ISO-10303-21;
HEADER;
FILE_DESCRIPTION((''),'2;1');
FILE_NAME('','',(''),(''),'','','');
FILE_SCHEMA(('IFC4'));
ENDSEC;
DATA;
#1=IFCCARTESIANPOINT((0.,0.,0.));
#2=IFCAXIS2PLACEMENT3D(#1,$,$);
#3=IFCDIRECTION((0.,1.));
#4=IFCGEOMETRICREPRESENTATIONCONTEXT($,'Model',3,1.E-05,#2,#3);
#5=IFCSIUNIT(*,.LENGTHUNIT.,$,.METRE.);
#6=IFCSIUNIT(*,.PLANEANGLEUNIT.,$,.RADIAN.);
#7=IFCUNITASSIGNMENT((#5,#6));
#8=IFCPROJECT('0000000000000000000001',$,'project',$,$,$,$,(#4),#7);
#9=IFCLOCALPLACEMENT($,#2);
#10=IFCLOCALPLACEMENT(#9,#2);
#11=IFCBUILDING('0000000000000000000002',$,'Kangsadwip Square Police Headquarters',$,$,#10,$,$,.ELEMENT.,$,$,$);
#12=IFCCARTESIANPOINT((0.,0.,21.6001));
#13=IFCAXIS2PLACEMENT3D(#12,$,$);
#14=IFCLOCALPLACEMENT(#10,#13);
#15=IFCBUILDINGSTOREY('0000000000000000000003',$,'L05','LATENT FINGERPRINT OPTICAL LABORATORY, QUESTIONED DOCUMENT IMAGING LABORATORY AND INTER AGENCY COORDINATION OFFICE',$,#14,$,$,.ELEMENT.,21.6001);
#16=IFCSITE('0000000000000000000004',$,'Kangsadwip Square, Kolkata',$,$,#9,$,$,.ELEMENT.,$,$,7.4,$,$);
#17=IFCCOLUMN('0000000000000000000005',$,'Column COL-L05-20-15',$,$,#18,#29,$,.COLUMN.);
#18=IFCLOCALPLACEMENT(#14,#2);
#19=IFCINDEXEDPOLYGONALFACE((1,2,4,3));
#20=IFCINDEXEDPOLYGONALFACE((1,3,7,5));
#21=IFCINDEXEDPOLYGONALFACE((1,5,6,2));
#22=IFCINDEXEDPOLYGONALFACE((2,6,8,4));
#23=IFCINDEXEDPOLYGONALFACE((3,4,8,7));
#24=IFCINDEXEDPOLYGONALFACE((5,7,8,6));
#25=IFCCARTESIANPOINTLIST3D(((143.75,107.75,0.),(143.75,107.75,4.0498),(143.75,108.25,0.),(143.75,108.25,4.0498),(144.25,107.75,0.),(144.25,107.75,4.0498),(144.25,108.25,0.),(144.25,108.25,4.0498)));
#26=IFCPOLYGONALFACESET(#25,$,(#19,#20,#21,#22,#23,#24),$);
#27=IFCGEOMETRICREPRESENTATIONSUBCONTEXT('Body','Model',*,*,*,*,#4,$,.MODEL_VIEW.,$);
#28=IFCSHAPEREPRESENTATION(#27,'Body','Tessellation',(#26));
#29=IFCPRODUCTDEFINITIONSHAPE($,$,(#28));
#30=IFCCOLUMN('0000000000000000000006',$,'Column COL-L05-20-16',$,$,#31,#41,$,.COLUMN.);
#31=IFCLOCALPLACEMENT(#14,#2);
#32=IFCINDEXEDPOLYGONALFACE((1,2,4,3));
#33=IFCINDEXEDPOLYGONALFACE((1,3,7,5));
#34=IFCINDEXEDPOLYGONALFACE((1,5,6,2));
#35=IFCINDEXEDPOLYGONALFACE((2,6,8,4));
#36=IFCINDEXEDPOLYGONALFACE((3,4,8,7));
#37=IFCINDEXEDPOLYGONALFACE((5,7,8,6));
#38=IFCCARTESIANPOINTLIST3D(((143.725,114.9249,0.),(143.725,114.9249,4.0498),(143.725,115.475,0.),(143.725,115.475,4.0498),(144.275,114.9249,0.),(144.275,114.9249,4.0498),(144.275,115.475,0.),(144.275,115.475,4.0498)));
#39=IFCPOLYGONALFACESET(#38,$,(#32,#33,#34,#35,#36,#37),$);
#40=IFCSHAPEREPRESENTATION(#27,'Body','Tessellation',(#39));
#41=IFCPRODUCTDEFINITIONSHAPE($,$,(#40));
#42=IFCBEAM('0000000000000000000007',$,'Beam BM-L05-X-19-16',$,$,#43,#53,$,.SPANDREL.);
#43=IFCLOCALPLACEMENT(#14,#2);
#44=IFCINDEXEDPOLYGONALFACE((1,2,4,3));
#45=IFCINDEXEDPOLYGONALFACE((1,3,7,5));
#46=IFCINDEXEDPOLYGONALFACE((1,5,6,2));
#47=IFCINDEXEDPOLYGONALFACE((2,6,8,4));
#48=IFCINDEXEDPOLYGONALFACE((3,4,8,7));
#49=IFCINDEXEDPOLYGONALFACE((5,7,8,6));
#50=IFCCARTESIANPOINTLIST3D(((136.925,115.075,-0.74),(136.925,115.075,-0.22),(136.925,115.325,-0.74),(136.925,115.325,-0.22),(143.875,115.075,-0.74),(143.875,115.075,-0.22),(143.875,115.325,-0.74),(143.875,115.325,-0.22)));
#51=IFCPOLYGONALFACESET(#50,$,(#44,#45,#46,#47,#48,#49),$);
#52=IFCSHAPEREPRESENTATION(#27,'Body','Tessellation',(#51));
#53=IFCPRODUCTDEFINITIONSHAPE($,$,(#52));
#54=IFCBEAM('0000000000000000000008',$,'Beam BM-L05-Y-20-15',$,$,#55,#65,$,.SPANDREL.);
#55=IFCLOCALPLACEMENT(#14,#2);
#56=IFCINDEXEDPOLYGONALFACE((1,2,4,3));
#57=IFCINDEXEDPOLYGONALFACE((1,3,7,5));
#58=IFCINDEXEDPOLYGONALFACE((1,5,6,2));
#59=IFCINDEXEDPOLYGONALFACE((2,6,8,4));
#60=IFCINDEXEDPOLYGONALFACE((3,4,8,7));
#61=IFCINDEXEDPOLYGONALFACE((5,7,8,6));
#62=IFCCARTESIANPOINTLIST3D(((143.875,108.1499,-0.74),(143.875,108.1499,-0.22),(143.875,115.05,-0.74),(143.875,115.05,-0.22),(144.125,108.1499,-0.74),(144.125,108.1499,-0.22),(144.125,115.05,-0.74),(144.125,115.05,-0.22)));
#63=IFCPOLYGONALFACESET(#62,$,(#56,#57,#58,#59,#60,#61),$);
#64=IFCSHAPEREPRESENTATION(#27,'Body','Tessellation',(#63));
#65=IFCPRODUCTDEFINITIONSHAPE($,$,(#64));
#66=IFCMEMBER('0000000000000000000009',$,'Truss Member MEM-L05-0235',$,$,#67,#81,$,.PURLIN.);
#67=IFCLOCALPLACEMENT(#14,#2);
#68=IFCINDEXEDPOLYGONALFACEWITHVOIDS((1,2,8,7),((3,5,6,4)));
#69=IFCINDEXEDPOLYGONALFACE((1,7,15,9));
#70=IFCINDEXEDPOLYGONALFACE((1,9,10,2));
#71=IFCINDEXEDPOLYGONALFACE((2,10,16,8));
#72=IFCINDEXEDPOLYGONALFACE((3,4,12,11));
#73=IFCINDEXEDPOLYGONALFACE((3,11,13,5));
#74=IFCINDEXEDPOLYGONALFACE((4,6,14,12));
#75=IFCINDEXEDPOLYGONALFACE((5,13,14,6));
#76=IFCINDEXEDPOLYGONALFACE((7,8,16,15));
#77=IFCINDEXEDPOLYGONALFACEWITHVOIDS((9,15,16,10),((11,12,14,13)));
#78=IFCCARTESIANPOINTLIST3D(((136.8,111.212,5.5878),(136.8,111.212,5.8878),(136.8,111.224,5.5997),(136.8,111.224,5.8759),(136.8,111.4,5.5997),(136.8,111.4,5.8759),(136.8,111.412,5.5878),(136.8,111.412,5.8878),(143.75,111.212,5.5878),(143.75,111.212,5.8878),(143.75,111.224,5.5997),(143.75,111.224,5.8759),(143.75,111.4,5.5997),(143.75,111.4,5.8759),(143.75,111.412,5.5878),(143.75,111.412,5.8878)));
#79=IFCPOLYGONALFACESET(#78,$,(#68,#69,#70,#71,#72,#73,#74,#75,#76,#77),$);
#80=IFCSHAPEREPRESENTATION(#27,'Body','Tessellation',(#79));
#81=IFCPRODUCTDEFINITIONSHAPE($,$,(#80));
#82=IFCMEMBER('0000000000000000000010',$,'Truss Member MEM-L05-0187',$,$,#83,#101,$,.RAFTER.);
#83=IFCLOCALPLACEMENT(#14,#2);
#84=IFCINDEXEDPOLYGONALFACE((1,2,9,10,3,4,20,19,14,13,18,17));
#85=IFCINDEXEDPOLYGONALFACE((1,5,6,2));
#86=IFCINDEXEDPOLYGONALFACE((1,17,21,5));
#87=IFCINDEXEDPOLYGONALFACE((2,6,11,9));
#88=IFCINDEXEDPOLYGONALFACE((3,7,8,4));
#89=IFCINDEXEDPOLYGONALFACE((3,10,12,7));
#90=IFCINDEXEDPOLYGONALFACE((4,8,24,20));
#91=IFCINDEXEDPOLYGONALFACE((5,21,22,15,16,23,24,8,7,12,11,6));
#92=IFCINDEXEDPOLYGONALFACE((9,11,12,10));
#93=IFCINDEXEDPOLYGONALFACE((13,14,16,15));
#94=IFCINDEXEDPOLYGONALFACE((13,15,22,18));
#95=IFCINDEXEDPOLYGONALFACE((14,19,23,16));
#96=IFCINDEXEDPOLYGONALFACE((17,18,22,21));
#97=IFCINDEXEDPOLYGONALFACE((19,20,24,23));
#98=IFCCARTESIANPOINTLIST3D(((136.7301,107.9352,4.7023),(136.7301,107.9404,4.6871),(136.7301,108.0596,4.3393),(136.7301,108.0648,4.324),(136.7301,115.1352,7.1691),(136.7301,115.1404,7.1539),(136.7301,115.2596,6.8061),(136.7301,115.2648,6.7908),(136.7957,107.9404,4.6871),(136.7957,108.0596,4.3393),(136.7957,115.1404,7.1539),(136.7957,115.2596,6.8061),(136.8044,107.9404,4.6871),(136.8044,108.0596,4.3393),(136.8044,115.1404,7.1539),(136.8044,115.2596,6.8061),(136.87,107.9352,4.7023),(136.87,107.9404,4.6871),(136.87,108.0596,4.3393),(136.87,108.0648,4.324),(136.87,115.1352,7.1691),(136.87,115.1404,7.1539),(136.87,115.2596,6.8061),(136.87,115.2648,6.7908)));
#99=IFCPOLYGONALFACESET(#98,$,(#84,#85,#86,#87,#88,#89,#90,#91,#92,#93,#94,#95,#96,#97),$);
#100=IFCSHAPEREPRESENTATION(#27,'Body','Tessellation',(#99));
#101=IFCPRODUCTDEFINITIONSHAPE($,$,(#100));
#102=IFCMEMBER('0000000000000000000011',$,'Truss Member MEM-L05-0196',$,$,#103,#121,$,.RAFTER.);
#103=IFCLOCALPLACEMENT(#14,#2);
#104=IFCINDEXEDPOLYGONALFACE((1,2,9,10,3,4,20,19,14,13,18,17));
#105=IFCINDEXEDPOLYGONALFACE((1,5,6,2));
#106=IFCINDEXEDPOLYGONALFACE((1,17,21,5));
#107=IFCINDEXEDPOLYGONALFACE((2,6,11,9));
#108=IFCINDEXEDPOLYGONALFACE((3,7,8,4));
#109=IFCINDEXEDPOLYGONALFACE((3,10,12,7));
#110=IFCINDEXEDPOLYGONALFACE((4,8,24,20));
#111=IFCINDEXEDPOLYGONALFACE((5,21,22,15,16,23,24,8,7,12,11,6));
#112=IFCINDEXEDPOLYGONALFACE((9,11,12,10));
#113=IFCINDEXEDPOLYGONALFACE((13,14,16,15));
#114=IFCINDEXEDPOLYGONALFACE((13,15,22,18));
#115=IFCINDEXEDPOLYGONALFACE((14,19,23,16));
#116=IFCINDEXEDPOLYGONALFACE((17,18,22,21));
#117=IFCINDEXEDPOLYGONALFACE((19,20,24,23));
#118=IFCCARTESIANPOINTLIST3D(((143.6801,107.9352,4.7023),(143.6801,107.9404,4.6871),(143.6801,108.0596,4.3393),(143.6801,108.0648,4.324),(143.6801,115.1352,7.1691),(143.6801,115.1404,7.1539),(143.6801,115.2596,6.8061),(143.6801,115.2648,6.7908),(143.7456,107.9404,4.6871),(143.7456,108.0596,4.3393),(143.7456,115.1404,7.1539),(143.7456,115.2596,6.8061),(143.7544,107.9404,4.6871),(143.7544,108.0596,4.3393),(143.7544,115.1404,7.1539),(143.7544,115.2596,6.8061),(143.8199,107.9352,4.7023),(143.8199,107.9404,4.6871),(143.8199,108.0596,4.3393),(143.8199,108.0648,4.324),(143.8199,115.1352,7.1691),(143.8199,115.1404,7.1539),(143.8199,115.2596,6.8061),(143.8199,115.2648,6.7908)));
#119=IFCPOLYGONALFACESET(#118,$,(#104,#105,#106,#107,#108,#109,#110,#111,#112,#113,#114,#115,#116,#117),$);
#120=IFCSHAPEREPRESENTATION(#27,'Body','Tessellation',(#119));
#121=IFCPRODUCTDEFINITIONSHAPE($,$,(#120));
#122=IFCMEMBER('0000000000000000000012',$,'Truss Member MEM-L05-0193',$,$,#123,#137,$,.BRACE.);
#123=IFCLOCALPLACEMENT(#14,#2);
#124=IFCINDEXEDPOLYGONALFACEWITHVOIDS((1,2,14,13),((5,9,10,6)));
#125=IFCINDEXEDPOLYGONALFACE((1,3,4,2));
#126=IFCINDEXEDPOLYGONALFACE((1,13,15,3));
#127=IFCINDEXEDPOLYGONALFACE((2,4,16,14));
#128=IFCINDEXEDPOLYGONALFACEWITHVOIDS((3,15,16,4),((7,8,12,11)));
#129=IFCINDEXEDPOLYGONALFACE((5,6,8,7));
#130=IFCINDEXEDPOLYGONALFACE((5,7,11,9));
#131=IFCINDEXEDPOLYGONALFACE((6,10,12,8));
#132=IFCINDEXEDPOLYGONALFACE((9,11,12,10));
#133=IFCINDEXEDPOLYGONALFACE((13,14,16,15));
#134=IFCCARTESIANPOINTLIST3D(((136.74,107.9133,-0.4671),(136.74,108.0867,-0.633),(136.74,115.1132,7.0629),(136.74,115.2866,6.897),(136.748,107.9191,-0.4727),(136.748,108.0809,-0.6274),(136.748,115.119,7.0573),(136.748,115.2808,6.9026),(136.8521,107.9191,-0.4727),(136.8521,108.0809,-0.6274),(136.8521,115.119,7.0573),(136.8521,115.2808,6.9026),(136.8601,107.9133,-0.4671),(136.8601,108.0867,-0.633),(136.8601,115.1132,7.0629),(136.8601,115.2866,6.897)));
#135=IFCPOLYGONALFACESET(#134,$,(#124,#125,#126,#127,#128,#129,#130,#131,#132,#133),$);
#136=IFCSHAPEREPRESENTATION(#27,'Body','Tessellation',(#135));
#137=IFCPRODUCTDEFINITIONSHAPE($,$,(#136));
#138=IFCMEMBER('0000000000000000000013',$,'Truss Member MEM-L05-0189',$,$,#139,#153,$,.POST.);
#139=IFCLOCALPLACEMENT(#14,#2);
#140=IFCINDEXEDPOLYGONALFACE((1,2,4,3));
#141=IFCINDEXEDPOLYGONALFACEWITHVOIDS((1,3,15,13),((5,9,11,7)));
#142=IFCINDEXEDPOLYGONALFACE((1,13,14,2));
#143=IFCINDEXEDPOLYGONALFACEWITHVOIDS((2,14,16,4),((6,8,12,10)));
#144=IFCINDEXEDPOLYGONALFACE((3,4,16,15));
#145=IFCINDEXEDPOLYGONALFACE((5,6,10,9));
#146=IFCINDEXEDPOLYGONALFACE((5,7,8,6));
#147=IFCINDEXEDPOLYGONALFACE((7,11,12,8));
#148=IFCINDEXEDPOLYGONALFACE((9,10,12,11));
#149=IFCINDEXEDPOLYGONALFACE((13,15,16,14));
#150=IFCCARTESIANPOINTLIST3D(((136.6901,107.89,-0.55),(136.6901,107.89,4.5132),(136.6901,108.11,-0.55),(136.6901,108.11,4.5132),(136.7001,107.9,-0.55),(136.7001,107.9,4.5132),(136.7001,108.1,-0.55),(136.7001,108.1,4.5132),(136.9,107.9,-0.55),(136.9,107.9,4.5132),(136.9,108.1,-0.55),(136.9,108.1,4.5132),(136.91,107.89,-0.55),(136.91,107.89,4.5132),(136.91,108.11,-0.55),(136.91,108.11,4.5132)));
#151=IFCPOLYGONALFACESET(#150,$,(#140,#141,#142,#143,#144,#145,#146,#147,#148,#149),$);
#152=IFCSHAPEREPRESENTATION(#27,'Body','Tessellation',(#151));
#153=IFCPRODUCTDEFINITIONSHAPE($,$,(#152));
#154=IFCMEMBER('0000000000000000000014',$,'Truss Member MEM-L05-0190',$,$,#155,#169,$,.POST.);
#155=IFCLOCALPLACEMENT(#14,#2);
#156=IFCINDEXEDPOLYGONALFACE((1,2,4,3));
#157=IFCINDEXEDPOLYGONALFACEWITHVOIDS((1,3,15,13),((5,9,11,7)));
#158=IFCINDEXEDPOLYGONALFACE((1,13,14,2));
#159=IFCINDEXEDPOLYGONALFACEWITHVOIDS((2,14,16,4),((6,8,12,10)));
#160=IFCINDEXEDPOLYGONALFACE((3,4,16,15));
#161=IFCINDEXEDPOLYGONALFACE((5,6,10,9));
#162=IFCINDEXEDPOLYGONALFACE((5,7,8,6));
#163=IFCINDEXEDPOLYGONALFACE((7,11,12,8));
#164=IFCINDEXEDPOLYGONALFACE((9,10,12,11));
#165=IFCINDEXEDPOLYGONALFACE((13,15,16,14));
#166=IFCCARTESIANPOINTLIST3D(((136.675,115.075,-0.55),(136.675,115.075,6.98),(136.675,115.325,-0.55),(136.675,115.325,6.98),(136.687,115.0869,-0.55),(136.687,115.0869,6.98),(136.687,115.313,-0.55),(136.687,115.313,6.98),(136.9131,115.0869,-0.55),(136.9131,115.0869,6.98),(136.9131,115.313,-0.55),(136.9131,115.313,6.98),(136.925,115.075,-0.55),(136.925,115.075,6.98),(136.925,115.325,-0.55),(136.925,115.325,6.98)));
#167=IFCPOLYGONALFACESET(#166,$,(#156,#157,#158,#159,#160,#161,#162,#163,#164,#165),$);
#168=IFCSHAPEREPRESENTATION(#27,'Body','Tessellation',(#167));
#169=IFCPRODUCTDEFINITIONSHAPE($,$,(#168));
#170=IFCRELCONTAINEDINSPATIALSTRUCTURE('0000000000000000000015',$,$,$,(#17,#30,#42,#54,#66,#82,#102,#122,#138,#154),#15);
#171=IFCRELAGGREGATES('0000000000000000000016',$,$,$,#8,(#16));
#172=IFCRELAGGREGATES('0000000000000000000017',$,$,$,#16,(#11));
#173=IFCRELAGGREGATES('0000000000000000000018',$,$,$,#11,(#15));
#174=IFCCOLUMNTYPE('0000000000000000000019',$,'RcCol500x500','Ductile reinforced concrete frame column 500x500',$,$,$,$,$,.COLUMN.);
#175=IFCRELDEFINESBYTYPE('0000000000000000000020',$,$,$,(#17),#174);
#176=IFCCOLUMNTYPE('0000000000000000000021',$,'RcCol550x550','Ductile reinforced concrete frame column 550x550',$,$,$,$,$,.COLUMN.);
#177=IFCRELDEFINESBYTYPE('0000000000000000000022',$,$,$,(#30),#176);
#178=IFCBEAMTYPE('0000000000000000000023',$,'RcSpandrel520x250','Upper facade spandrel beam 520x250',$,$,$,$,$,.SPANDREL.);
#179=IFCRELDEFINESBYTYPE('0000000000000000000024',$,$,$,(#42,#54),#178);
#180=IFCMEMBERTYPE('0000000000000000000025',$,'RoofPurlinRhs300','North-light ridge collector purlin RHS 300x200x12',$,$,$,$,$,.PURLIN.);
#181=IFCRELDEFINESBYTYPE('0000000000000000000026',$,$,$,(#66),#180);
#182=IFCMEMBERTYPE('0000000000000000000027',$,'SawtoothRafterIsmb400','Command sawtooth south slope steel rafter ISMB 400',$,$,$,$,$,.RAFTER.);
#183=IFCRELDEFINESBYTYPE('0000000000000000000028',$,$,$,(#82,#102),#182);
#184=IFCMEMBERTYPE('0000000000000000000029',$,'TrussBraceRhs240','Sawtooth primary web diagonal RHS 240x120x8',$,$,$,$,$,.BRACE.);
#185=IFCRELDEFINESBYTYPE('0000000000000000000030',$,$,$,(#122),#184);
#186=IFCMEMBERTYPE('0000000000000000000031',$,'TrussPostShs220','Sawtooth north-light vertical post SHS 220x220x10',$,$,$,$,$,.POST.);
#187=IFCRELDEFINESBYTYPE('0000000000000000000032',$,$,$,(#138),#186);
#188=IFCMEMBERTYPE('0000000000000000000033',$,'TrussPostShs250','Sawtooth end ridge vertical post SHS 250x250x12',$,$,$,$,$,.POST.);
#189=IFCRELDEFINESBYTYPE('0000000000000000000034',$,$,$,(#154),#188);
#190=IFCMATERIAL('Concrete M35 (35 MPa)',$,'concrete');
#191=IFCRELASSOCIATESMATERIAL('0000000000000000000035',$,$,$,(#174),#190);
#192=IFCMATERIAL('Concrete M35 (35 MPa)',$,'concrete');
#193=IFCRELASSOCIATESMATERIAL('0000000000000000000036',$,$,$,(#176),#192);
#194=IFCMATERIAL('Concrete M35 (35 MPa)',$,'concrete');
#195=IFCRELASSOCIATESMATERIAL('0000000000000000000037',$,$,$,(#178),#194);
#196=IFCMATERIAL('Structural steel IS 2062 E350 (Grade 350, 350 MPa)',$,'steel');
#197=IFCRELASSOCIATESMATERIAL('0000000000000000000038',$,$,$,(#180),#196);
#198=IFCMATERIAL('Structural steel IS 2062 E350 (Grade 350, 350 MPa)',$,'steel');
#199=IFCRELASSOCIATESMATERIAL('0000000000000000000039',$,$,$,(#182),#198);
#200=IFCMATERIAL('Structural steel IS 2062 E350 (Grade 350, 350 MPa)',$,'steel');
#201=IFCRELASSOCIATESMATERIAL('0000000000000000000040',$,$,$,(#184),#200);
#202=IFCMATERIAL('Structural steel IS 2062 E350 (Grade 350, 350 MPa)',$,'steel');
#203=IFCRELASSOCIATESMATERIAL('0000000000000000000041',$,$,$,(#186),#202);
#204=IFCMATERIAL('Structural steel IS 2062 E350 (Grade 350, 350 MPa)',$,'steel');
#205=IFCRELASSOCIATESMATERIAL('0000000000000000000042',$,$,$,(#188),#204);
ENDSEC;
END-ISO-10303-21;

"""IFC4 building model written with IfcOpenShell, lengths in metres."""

from ifc_helpers import new_model, si_unit, direction, frame, origin, origin_2d, place, context, subcontext, project, spatial, rectangle, hollow_rectangle, i_section, extrude, material, material_profile, profile_set, type_object, element, save


model = new_model("IFC4")

# Units and contexts
model_context = context("Model", 3, precision=1e-05, world=origin(), true_north=direction((0.0, 1.0)))
body_context = subcontext(model_context, "Body", "Model", "MODEL_VIEW")
ifc_project = project(units=[si_unit("LENGTHUNIT", "METRE"), si_unit("PLANEANGLEUNIT", "RADIAN")], contexts=[model_context])

# Site, building, storey
site_placement = place(None, origin())
site = spatial("IfcSite", under=ifc_project, at=site_placement, Name="Kangsadwip Square, Kolkata", CompositionType="ELEMENT", RefElevation=7.4)
building_placement = place(site_placement, origin())
building = spatial("IfcBuilding", under=site, at=building_placement, Name="Kangsadwip Square Police Headquarters", CompositionType="ELEMENT")
storey_placement = place(building_placement, frame((0.0, 0.0, 21.6001)))
storey = spatial("IfcBuildingStorey", under=building, at=storey_placement, Name="L05", Description="LATENT FINGERPRINT OPTICAL LABORATORY, QUESTIONED DOCUMENT IMAGING LABORATORY AND INTER AGENCY COORDINATION OFFICE", CompositionType="ELEMENT", Elevation=21.6001)

# Columns
ifc_material_1 = material(Name="Concrete M35 (35 MPa)", Category="concrete")
ifc_material_profile_1 = material_profile(ifc_material_1, rectangle(XDim=0.5, YDim=0.5, at=origin_2d()), Name="RC COL 500X500")
ifc_profile_set_1 = profile_set([ifc_material_profile_1], Name="Concrete M35 (35 MPa)")
column_type_1 = type_object("IfcColumnType", Name="RcCol500x500", Description="Ductile reinforced concrete frame column 500x500", PredefinedType="COLUMN", material=ifc_profile_set_1)
column_1_placement = place(storey_placement, frame((144.0, 108.0, 0.0), z_axis=(0.0, 0.0, 1.0), x_axis=(1.0, 0.0, 0.0)))
element("IfcColumn", 1, at=column_1_placement, inside=storey, type_object=column_type_1, Name="Column COL-L05-20-15", PredefinedType="COLUMN", context=body_context, shape_type="SweptSolid", body=[
    extrude(rectangle(XDim=0.5, YDim=0.5, at=origin_2d()), origin(), (0.0, 0.0, 1.0), 4.0498),
])
ifc_material_2 = material(Name="Concrete M35 (35 MPa)", Category="concrete")
ifc_material_profile_2 = material_profile(ifc_material_2, rectangle(XDim=0.55, YDim=0.55, at=origin_2d()), Name="RC COL 550X550")
ifc_profile_set_2 = profile_set([ifc_material_profile_2], Name="Concrete M35 (35 MPa)")
column_type_2 = type_object("IfcColumnType", Name="RcCol550x550", Description="Ductile reinforced concrete frame column 550x550", PredefinedType="COLUMN", material=ifc_profile_set_2)
column_2_placement = place(storey_placement, frame((144.0, 115.2, 0.0), z_axis=(0.0, 0.0, 1.0), x_axis=(1.0, 0.0, 0.0)))
element("IfcColumn", 2, at=column_2_placement, inside=storey, type_object=column_type_2, Name="Column COL-L05-20-16", PredefinedType="COLUMN", context=body_context, shape_type="SweptSolid", body=[
    extrude(rectangle(XDim=0.55, YDim=0.55, at=origin_2d()), origin(), (0.0, 0.0, 1.0), 4.0498),
])

# Beams
ifc_material_3 = material(Name="Concrete M35 (35 MPa)", Category="concrete")
ifc_material_profile_3 = material_profile(ifc_material_3, rectangle(XDim=0.25, YDim=0.52, at=origin_2d()), Name="RC SPN 520X250")
ifc_profile_set_3 = profile_set([ifc_material_profile_3], Name="Concrete M35 (35 MPa)")
beam_type = type_object("IfcBeamType", Name="RcSpandrel520x250", Description="Upper facade spandrel beam 520x250", PredefinedType="SPANDREL", material=ifc_profile_set_3)
beam_1_placement = place(storey_placement, frame((136.925, 115.2, -0.48), z_axis=(1.0, 0.0, 0.0), x_axis=(0.0, 1.0, 0.0)))
element("IfcBeam", 3, at=beam_1_placement, inside=storey, type_object=beam_type, Name="Beam BM-L05-X-19-16", PredefinedType="SPANDREL", context=body_context, shape_type="SweptSolid", body=[
    extrude(rectangle(XDim=0.25, YDim=0.52, at=origin_2d()), origin(), (0.0, 0.0, 1.0), 6.95),
])
beam_2_placement = place(storey_placement, frame((144.0, 108.1499, -0.48), z_axis=(0.0, 1.0, 0.0), x_axis=(-1.0, 0.0, 0.0)))
element("IfcBeam", 4, at=beam_2_placement, inside=storey, type_object=beam_type, Name="Beam BM-L05-Y-20-15", PredefinedType="SPANDREL", context=body_context, shape_type="SweptSolid", body=[
    extrude(rectangle(XDim=0.25, YDim=0.52, at=origin_2d()), origin(), (0.0, 0.0, 1.0), 6.9001),
])

# Members
ifc_material_4 = material(Name="Structural steel IS 2062 E350 (Grade 350, 350 MPa)", Category="steel")
ifc_material_profile_4 = material_profile(ifc_material_4, hollow_rectangle(XDim=0.2, YDim=0.3, WallThickness=0.012, at=origin_2d()), Name="RHS 300X200X12")
ifc_profile_set_4 = profile_set([ifc_material_profile_4], Name="Structural steel IS 2062 E350 (Grade 350, 350 MPa)")
member_type_1 = type_object("IfcMemberType", Name="RoofPurlinRhs300", Description="North-light ridge collector purlin RHS 300x200x12", PredefinedType="PURLIN", material=ifc_profile_set_4)
member_1_placement = place(storey_placement, frame((136.8, 111.312, 5.7378), z_axis=(1.0, 0.0, 0.0), x_axis=(0.0, 1.0, 0.0)))
element("IfcMember", 5, at=member_1_placement, inside=storey, type_object=member_type_1, Name="Truss Member MEM-L05-0235", PredefinedType="PURLIN", context=body_context, shape_type="SweptSolid", body=[
    extrude(hollow_rectangle(XDim=0.2, YDim=0.3, WallThickness=0.012, at=origin_2d()), origin(), (0.0, 0.0, 1.0), 6.95),
])
ifc_material_5 = material(Name="Structural steel IS 2062 E350 (Grade 350, 350 MPa)", Category="steel")
ifc_material_profile_5 = material_profile(ifc_material_5, i_section(OverallWidth=0.1399, OverallDepth=0.3999, WebThickness=0.0088, FlangeThickness=0.0161, at=origin_2d()), Name="ISMB 400")
ifc_profile_set_5 = profile_set([ifc_material_profile_5], Name="Structural steel IS 2062 E350 (Grade 350, 350 MPa)")
member_type_2 = type_object("IfcMemberType", Name="SawtoothRafterIsmb400", Description="Command sawtooth south slope steel rafter ISMB 400", PredefinedType="RAFTER", material=ifc_profile_set_5)
for number, where, z_axis, x_axis, name in (
    (6, (136.8, 108.0, 4.5132), (0.0, 0.946017, 0.324118), (-1.0, 0.0, 0.0), "Truss Member MEM-L05-0187"),
    (7, (143.75, 108.0, 4.5132), (0.0, 0.946017, 0.324118), (-1.0, 0.0, 0.0), "Truss Member MEM-L05-0196"),
):
    element("IfcMember", number, at=place(storey_placement, frame(where, z_axis=z_axis, x_axis=x_axis)), inside=storey, type_object=member_type_2, Name=name, PredefinedType="RAFTER", context=body_context, shape_type="SweptSolid", body=[
        extrude(i_section(OverallWidth=0.1399, OverallDepth=0.3999, WebThickness=0.0088, FlangeThickness=0.0161, at=origin_2d()), origin(), (0.0, 0.0, 1.0), 7.6108),
    ])
ifc_material_6 = material(Name="Structural steel IS 2062 E350 (Grade 350, 350 MPa)", Category="steel")
ifc_material_profile_6 = material_profile(ifc_material_6, hollow_rectangle(XDim=0.1201, YDim=0.24, WallThickness=0.0081, at=origin_2d()), Name="RHS 240X120X8")
ifc_profile_set_6 = profile_set([ifc_material_profile_6], Name="Structural steel IS 2062 E350 (Grade 350, 350 MPa)")
member_type_3 = type_object("IfcMemberType", Name="TrussBraceRhs240", Description="Sawtooth primary web diagonal RHS 240x120x8", PredefinedType="BRACE", material=ifc_profile_set_6)
member_2_placement = place(storey_placement, frame((136.8, 108.0, -0.55), z_axis=(0.0, 0.691088, 0.722771), x_axis=(-1.0, 0.0, 0.0)))
element("IfcMember", 8, at=member_2_placement, inside=storey, type_object=member_type_3, Name="Truss Member MEM-L05-0193", PredefinedType="BRACE", context=body_context, shape_type="SweptSolid", body=[
    extrude(hollow_rectangle(XDim=0.1201, YDim=0.24, WallThickness=0.0081, at=origin_2d()), origin(), (0.0, 0.0, 1.0), 10.4182),
])
ifc_material_7 = material(Name="Structural steel IS 2062 E350 (Grade 350, 350 MPa)", Category="steel")
ifc_material_profile_7 = material_profile(ifc_material_7, hollow_rectangle(XDim=0.22, YDim=0.22, WallThickness=0.01, at=origin_2d()), Name="SHS 220X220X10")
ifc_profile_set_7 = profile_set([ifc_material_profile_7], Name="Structural steel IS 2062 E350 (Grade 350, 350 MPa)")
member_type_4 = type_object("IfcMemberType", Name="TrussPostShs220", Description="Sawtooth north-light vertical post SHS 220x220x10", PredefinedType="POST", material=ifc_profile_set_7)
member_3_placement = place(storey_placement, frame((136.8, 108.0, -0.55), z_axis=(0.0, 0.0, 1.0), x_axis=(1.0, 0.0, 0.0)))
element("IfcMember", 9, at=member_3_placement, inside=storey, type_object=member_type_4, Name="Truss Member MEM-L05-0189", PredefinedType="POST", context=body_context, shape_type="SweptSolid", body=[
    extrude(hollow_rectangle(XDim=0.22, YDim=0.22, WallThickness=0.01, at=origin_2d()), origin(), (0.0, 0.0, 1.0), 5.0632),
])
ifc_material_8 = material(Name="Structural steel IS 2062 E350 (Grade 350, 350 MPa)", Category="steel")
ifc_material_profile_8 = material_profile(ifc_material_8, hollow_rectangle(XDim=0.25, YDim=0.25, WallThickness=0.012, at=origin_2d()), Name="SHS 250X250X12")
ifc_profile_set_8 = profile_set([ifc_material_profile_8], Name="Structural steel IS 2062 E350 (Grade 350, 350 MPa)")
member_type_5 = type_object("IfcMemberType", Name="TrussPostShs250", Description="Sawtooth end ridge vertical post SHS 250x250x12", PredefinedType="POST", material=ifc_profile_set_8)
member_4_placement = place(storey_placement, frame((136.8, 115.2, -0.55), z_axis=(0.0, 0.0, 1.0), x_axis=(1.0, 0.0, 0.0)))
element("IfcMember", 10, at=member_4_placement, inside=storey, type_object=member_type_5, Name="Truss Member MEM-L05-0190", PredefinedType="POST", context=body_context, shape_type="SweptSolid", body=[
    extrude(hollow_rectangle(XDim=0.25, YDim=0.25, WallThickness=0.012, at=origin_2d()), origin(), (0.0, 0.0, 1.0), 7.53),
])

save(model, "model.ifc")
